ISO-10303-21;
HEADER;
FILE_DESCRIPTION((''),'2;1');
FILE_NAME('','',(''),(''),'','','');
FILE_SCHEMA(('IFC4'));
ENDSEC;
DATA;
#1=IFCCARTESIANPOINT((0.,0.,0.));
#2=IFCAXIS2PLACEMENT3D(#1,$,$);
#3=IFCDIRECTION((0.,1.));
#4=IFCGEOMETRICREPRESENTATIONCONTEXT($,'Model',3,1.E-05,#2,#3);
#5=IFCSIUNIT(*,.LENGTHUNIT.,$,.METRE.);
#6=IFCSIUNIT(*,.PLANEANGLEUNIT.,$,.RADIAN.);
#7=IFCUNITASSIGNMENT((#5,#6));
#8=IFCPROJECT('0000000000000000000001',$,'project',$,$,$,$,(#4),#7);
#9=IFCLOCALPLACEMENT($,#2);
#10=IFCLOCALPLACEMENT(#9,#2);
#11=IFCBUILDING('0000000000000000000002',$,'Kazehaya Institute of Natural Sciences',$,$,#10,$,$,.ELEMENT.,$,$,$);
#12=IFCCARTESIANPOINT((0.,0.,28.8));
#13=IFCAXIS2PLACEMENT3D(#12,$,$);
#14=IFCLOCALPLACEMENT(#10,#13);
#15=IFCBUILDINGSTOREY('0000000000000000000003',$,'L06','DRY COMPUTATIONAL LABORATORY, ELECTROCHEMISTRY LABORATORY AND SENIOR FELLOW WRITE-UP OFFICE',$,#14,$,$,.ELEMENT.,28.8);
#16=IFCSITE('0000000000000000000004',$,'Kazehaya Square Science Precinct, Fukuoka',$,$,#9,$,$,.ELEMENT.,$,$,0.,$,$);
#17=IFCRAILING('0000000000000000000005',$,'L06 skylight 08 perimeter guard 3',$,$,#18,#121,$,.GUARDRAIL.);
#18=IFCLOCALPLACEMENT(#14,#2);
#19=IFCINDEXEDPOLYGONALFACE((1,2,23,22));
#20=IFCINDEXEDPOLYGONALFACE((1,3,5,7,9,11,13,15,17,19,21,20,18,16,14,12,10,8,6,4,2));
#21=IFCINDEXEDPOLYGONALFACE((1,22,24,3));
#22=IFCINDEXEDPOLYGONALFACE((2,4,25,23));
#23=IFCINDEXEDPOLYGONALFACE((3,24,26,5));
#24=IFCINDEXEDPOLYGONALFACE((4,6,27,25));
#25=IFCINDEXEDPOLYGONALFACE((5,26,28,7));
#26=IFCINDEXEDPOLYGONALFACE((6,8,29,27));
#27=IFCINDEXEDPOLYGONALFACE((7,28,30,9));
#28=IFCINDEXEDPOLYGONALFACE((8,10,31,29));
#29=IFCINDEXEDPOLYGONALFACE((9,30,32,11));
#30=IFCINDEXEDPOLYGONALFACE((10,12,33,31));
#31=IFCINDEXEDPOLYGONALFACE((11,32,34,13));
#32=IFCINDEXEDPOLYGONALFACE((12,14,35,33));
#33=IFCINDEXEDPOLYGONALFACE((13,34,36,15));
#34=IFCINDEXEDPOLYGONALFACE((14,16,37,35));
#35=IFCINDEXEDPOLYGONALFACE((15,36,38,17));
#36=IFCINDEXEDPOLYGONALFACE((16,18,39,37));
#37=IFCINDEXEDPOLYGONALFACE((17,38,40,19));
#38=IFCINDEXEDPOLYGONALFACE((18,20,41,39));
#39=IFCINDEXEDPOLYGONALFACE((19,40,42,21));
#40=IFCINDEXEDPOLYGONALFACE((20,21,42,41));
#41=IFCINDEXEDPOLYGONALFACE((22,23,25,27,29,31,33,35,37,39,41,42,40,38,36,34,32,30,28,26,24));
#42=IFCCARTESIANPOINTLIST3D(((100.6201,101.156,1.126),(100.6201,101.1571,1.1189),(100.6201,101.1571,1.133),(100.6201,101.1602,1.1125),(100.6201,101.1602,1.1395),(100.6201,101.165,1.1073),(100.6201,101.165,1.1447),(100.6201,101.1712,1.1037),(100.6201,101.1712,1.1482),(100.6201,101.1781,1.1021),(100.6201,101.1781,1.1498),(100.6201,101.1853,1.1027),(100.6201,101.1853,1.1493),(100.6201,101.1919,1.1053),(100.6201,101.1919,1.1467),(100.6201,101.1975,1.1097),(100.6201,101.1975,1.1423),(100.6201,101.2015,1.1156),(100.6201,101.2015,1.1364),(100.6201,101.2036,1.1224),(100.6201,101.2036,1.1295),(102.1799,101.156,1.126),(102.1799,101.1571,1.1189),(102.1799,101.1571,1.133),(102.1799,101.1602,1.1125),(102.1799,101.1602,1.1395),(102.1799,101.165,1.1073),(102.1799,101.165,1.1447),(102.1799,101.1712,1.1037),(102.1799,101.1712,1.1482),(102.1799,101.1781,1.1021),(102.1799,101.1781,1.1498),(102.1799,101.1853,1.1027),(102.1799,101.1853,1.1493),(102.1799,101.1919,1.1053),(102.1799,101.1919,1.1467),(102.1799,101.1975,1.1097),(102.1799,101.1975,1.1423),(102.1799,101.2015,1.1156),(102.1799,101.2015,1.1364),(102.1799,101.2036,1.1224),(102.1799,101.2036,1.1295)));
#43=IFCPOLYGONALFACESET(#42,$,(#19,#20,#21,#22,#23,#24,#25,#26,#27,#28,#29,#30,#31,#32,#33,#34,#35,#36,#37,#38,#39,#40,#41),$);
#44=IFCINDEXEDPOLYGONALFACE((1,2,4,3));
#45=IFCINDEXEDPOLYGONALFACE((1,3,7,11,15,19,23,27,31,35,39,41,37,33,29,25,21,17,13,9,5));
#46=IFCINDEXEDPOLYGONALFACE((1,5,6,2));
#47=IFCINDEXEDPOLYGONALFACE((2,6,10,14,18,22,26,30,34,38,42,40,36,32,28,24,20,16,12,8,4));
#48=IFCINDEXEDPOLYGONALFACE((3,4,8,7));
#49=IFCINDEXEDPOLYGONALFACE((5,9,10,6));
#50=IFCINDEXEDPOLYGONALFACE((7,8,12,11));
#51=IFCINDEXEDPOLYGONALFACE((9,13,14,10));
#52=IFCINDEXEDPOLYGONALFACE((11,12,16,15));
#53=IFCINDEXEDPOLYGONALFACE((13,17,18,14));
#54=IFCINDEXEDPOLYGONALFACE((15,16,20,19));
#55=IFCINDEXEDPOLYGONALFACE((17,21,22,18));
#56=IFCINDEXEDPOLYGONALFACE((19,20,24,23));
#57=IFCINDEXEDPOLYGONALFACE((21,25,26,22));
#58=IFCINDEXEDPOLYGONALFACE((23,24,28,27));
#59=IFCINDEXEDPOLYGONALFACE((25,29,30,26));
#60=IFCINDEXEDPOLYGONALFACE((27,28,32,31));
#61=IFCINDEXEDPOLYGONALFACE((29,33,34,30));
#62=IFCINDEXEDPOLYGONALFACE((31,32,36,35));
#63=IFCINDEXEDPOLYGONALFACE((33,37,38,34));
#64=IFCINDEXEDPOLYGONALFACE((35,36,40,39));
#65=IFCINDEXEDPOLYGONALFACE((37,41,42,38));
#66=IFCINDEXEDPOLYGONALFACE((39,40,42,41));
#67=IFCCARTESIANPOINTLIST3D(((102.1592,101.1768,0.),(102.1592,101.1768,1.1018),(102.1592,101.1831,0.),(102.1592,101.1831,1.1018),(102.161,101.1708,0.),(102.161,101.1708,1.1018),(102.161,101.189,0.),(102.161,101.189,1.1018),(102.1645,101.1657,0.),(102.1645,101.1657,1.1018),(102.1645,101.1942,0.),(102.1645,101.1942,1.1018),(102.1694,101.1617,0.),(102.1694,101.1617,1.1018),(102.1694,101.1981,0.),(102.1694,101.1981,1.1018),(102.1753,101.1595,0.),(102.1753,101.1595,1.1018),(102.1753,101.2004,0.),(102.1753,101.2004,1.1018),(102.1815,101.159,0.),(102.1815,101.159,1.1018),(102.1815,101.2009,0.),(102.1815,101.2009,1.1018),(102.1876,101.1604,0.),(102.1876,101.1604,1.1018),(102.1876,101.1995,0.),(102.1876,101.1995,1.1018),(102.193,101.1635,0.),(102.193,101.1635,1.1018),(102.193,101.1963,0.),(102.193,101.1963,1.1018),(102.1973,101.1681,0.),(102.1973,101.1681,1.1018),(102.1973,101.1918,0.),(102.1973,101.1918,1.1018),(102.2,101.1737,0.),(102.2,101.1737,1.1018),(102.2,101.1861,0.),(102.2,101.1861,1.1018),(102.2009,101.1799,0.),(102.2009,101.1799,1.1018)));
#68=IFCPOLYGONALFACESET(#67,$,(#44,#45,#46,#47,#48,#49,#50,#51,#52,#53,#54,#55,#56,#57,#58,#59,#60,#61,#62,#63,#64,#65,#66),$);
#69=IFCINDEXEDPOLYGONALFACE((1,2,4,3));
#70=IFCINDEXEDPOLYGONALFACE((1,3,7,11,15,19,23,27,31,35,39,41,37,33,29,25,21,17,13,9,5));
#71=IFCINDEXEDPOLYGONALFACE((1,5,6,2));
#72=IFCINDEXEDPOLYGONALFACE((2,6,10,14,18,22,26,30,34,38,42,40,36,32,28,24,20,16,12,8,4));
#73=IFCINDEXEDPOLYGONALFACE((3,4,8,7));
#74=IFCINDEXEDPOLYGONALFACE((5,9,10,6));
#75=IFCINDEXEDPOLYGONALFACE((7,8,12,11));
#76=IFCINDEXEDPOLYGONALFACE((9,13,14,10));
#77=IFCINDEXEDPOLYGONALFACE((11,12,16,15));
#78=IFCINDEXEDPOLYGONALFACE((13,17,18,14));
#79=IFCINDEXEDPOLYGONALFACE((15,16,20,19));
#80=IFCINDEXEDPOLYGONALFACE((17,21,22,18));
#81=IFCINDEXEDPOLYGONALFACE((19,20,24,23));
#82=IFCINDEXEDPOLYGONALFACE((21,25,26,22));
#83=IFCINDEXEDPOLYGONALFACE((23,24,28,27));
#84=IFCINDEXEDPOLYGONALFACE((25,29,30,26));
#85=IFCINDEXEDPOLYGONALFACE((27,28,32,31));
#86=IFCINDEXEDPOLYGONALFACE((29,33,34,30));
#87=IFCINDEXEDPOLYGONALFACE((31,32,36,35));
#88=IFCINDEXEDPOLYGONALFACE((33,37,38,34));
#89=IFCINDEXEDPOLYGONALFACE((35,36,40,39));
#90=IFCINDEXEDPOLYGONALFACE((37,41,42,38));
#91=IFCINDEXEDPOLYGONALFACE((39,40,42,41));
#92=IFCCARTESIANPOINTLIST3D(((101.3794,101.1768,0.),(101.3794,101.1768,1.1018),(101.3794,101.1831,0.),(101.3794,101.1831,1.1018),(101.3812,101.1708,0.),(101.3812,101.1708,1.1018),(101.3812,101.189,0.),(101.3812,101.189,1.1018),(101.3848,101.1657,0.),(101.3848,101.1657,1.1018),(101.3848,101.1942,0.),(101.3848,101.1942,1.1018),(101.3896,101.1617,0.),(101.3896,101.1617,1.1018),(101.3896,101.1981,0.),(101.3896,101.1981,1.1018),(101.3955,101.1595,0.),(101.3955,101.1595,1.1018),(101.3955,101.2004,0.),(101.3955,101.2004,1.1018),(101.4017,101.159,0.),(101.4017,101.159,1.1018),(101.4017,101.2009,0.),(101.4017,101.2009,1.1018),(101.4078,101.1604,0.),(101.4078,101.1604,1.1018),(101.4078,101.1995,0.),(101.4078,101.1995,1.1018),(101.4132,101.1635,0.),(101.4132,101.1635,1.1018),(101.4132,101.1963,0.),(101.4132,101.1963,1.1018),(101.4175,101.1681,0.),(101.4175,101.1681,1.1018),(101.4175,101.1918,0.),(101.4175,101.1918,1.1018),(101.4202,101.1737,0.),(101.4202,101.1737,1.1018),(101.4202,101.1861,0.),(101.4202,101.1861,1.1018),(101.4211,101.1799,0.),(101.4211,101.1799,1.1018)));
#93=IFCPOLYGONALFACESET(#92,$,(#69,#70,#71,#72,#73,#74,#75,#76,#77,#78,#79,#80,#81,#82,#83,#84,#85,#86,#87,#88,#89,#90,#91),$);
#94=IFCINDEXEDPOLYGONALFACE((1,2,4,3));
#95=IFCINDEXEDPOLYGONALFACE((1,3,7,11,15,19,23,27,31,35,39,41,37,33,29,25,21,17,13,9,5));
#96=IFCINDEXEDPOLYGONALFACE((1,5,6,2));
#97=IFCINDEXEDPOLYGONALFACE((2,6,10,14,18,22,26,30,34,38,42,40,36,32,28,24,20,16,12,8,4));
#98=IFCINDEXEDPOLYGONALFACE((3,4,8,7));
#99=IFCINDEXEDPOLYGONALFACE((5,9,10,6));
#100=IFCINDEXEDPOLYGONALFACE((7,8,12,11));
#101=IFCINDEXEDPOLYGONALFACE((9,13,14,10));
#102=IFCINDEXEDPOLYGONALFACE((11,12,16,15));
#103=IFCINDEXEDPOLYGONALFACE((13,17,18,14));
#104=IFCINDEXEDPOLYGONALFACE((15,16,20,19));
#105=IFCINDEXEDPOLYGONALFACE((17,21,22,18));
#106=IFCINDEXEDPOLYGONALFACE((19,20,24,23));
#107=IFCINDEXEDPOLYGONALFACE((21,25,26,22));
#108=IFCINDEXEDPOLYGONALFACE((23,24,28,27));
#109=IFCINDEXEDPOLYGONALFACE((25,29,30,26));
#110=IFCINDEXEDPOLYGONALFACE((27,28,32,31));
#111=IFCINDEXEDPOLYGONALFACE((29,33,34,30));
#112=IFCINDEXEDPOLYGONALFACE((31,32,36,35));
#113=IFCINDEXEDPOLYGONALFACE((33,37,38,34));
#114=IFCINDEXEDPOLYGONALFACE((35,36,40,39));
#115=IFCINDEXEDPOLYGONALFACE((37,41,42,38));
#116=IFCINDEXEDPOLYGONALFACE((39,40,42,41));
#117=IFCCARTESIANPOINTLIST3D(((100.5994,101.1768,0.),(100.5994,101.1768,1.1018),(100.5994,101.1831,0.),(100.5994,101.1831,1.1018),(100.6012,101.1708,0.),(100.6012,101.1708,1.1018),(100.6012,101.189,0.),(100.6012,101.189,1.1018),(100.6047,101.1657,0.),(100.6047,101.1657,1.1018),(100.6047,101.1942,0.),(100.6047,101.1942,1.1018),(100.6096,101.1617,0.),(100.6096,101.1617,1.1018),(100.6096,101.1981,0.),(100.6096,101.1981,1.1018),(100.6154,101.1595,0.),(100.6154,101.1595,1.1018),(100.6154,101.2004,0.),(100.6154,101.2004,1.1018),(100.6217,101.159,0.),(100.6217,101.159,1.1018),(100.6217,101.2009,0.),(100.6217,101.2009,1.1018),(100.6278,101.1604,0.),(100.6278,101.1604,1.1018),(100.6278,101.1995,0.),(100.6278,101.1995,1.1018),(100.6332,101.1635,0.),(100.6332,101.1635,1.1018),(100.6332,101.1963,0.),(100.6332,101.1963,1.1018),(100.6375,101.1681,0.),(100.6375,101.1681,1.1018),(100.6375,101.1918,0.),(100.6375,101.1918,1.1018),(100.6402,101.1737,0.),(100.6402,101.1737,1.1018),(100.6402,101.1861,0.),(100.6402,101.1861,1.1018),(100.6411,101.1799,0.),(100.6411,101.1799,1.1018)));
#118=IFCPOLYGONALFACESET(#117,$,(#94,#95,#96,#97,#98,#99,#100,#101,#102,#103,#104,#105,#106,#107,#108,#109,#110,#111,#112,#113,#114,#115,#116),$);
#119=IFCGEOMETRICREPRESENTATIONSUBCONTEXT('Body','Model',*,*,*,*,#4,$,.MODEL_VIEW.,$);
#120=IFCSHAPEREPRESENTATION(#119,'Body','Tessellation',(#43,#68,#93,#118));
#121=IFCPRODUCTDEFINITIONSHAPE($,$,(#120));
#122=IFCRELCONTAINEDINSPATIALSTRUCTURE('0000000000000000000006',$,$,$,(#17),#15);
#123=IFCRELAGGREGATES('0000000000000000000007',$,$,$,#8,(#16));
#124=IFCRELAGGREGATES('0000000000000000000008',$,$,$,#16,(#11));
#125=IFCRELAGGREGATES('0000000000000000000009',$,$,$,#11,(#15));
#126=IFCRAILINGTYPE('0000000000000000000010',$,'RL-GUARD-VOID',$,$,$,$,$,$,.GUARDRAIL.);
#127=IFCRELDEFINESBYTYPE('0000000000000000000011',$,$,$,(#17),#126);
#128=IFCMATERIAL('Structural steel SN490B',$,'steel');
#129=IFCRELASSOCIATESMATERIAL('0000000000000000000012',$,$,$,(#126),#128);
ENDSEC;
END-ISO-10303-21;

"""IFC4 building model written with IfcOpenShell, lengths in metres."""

from ifc_helpers import new_model, si_unit, direction, frame, origin, origin_2d, place, context, subcontext, project, spatial, circle, extrude, material, type_object, element, save


model = new_model("IFC4")

# Units and contexts
model_context = context("Model", 3, precision=1e-05, world=origin(), true_north=direction((0.0, 1.0)))
body_context = subcontext(model_context, "Body", "Model", "MODEL_VIEW")
ifc_project = project(units=[si_unit("LENGTHUNIT", "METRE"), si_unit("PLANEANGLEUNIT", "RADIAN")], contexts=[model_context])

# Site, building, storey
site_placement = place(None, origin())
site = spatial("IfcSite", under=ifc_project, at=site_placement, Name="Kazehaya Square Science Precinct, Fukuoka", CompositionType="ELEMENT", RefElevation=0.0)
building_placement = place(site_placement, origin())
building = spatial("IfcBuilding", under=site, at=building_placement, Name="Kazehaya Institute of Natural Sciences", CompositionType="ELEMENT")
storey_placement = place(building_placement, frame((0.0, 0.0, 28.8)))
storey = spatial("IfcBuildingStorey", under=building, at=storey_placement, Name="L06", Description="DRY COMPUTATIONAL LABORATORY, ELECTROCHEMISTRY LABORATORY AND SENIOR FELLOW WRITE-UP OFFICE", CompositionType="ELEMENT", Elevation=28.8)

# Railing
ifc_material_1 = material(Name="Structural steel SN490B", Category="steel")
railing_type = type_object("IfcRailingType", Name="RL-GUARD-VOID", PredefinedType="GUARDRAIL", material=ifc_material_1)
railing_1_placement = place(storey_placement, frame((102.1799, 101.1799, 0.0)))
element("IfcRailing", 1, at=railing_1_placement, inside=storey, type_object=railing_type, Name="L06 skylight 08 perimeter guard 3", PredefinedType="GUARDRAIL", context=body_context, shape_type="SweptSolid", body=[
    extrude(circle(Radius=0.0239, at=origin_2d()), frame((0.0, 0.0, 1.126), z_axis=(-1.0, 0.0, 0.0), x_axis=(0.0, -1.0, 0.0)), (0.0, 0.0, 1.0), 1.5598),
    extrude(circle(Radius=0.021, at=origin_2d()), origin(), (0.0, 0.0, 1.0), 1.1018),
    extrude(circle(Radius=0.021, at=origin_2d()), frame((-0.7798, 0.0, 0.0)), (0.0, 0.0, 1.0), 1.1018),
    extrude(circle(Radius=0.021, at=origin_2d()), frame((-1.5598, 0.0, 0.0)), (0.0, 0.0, 1.0), 1.1018),
])

save(model, "model.ifc")
